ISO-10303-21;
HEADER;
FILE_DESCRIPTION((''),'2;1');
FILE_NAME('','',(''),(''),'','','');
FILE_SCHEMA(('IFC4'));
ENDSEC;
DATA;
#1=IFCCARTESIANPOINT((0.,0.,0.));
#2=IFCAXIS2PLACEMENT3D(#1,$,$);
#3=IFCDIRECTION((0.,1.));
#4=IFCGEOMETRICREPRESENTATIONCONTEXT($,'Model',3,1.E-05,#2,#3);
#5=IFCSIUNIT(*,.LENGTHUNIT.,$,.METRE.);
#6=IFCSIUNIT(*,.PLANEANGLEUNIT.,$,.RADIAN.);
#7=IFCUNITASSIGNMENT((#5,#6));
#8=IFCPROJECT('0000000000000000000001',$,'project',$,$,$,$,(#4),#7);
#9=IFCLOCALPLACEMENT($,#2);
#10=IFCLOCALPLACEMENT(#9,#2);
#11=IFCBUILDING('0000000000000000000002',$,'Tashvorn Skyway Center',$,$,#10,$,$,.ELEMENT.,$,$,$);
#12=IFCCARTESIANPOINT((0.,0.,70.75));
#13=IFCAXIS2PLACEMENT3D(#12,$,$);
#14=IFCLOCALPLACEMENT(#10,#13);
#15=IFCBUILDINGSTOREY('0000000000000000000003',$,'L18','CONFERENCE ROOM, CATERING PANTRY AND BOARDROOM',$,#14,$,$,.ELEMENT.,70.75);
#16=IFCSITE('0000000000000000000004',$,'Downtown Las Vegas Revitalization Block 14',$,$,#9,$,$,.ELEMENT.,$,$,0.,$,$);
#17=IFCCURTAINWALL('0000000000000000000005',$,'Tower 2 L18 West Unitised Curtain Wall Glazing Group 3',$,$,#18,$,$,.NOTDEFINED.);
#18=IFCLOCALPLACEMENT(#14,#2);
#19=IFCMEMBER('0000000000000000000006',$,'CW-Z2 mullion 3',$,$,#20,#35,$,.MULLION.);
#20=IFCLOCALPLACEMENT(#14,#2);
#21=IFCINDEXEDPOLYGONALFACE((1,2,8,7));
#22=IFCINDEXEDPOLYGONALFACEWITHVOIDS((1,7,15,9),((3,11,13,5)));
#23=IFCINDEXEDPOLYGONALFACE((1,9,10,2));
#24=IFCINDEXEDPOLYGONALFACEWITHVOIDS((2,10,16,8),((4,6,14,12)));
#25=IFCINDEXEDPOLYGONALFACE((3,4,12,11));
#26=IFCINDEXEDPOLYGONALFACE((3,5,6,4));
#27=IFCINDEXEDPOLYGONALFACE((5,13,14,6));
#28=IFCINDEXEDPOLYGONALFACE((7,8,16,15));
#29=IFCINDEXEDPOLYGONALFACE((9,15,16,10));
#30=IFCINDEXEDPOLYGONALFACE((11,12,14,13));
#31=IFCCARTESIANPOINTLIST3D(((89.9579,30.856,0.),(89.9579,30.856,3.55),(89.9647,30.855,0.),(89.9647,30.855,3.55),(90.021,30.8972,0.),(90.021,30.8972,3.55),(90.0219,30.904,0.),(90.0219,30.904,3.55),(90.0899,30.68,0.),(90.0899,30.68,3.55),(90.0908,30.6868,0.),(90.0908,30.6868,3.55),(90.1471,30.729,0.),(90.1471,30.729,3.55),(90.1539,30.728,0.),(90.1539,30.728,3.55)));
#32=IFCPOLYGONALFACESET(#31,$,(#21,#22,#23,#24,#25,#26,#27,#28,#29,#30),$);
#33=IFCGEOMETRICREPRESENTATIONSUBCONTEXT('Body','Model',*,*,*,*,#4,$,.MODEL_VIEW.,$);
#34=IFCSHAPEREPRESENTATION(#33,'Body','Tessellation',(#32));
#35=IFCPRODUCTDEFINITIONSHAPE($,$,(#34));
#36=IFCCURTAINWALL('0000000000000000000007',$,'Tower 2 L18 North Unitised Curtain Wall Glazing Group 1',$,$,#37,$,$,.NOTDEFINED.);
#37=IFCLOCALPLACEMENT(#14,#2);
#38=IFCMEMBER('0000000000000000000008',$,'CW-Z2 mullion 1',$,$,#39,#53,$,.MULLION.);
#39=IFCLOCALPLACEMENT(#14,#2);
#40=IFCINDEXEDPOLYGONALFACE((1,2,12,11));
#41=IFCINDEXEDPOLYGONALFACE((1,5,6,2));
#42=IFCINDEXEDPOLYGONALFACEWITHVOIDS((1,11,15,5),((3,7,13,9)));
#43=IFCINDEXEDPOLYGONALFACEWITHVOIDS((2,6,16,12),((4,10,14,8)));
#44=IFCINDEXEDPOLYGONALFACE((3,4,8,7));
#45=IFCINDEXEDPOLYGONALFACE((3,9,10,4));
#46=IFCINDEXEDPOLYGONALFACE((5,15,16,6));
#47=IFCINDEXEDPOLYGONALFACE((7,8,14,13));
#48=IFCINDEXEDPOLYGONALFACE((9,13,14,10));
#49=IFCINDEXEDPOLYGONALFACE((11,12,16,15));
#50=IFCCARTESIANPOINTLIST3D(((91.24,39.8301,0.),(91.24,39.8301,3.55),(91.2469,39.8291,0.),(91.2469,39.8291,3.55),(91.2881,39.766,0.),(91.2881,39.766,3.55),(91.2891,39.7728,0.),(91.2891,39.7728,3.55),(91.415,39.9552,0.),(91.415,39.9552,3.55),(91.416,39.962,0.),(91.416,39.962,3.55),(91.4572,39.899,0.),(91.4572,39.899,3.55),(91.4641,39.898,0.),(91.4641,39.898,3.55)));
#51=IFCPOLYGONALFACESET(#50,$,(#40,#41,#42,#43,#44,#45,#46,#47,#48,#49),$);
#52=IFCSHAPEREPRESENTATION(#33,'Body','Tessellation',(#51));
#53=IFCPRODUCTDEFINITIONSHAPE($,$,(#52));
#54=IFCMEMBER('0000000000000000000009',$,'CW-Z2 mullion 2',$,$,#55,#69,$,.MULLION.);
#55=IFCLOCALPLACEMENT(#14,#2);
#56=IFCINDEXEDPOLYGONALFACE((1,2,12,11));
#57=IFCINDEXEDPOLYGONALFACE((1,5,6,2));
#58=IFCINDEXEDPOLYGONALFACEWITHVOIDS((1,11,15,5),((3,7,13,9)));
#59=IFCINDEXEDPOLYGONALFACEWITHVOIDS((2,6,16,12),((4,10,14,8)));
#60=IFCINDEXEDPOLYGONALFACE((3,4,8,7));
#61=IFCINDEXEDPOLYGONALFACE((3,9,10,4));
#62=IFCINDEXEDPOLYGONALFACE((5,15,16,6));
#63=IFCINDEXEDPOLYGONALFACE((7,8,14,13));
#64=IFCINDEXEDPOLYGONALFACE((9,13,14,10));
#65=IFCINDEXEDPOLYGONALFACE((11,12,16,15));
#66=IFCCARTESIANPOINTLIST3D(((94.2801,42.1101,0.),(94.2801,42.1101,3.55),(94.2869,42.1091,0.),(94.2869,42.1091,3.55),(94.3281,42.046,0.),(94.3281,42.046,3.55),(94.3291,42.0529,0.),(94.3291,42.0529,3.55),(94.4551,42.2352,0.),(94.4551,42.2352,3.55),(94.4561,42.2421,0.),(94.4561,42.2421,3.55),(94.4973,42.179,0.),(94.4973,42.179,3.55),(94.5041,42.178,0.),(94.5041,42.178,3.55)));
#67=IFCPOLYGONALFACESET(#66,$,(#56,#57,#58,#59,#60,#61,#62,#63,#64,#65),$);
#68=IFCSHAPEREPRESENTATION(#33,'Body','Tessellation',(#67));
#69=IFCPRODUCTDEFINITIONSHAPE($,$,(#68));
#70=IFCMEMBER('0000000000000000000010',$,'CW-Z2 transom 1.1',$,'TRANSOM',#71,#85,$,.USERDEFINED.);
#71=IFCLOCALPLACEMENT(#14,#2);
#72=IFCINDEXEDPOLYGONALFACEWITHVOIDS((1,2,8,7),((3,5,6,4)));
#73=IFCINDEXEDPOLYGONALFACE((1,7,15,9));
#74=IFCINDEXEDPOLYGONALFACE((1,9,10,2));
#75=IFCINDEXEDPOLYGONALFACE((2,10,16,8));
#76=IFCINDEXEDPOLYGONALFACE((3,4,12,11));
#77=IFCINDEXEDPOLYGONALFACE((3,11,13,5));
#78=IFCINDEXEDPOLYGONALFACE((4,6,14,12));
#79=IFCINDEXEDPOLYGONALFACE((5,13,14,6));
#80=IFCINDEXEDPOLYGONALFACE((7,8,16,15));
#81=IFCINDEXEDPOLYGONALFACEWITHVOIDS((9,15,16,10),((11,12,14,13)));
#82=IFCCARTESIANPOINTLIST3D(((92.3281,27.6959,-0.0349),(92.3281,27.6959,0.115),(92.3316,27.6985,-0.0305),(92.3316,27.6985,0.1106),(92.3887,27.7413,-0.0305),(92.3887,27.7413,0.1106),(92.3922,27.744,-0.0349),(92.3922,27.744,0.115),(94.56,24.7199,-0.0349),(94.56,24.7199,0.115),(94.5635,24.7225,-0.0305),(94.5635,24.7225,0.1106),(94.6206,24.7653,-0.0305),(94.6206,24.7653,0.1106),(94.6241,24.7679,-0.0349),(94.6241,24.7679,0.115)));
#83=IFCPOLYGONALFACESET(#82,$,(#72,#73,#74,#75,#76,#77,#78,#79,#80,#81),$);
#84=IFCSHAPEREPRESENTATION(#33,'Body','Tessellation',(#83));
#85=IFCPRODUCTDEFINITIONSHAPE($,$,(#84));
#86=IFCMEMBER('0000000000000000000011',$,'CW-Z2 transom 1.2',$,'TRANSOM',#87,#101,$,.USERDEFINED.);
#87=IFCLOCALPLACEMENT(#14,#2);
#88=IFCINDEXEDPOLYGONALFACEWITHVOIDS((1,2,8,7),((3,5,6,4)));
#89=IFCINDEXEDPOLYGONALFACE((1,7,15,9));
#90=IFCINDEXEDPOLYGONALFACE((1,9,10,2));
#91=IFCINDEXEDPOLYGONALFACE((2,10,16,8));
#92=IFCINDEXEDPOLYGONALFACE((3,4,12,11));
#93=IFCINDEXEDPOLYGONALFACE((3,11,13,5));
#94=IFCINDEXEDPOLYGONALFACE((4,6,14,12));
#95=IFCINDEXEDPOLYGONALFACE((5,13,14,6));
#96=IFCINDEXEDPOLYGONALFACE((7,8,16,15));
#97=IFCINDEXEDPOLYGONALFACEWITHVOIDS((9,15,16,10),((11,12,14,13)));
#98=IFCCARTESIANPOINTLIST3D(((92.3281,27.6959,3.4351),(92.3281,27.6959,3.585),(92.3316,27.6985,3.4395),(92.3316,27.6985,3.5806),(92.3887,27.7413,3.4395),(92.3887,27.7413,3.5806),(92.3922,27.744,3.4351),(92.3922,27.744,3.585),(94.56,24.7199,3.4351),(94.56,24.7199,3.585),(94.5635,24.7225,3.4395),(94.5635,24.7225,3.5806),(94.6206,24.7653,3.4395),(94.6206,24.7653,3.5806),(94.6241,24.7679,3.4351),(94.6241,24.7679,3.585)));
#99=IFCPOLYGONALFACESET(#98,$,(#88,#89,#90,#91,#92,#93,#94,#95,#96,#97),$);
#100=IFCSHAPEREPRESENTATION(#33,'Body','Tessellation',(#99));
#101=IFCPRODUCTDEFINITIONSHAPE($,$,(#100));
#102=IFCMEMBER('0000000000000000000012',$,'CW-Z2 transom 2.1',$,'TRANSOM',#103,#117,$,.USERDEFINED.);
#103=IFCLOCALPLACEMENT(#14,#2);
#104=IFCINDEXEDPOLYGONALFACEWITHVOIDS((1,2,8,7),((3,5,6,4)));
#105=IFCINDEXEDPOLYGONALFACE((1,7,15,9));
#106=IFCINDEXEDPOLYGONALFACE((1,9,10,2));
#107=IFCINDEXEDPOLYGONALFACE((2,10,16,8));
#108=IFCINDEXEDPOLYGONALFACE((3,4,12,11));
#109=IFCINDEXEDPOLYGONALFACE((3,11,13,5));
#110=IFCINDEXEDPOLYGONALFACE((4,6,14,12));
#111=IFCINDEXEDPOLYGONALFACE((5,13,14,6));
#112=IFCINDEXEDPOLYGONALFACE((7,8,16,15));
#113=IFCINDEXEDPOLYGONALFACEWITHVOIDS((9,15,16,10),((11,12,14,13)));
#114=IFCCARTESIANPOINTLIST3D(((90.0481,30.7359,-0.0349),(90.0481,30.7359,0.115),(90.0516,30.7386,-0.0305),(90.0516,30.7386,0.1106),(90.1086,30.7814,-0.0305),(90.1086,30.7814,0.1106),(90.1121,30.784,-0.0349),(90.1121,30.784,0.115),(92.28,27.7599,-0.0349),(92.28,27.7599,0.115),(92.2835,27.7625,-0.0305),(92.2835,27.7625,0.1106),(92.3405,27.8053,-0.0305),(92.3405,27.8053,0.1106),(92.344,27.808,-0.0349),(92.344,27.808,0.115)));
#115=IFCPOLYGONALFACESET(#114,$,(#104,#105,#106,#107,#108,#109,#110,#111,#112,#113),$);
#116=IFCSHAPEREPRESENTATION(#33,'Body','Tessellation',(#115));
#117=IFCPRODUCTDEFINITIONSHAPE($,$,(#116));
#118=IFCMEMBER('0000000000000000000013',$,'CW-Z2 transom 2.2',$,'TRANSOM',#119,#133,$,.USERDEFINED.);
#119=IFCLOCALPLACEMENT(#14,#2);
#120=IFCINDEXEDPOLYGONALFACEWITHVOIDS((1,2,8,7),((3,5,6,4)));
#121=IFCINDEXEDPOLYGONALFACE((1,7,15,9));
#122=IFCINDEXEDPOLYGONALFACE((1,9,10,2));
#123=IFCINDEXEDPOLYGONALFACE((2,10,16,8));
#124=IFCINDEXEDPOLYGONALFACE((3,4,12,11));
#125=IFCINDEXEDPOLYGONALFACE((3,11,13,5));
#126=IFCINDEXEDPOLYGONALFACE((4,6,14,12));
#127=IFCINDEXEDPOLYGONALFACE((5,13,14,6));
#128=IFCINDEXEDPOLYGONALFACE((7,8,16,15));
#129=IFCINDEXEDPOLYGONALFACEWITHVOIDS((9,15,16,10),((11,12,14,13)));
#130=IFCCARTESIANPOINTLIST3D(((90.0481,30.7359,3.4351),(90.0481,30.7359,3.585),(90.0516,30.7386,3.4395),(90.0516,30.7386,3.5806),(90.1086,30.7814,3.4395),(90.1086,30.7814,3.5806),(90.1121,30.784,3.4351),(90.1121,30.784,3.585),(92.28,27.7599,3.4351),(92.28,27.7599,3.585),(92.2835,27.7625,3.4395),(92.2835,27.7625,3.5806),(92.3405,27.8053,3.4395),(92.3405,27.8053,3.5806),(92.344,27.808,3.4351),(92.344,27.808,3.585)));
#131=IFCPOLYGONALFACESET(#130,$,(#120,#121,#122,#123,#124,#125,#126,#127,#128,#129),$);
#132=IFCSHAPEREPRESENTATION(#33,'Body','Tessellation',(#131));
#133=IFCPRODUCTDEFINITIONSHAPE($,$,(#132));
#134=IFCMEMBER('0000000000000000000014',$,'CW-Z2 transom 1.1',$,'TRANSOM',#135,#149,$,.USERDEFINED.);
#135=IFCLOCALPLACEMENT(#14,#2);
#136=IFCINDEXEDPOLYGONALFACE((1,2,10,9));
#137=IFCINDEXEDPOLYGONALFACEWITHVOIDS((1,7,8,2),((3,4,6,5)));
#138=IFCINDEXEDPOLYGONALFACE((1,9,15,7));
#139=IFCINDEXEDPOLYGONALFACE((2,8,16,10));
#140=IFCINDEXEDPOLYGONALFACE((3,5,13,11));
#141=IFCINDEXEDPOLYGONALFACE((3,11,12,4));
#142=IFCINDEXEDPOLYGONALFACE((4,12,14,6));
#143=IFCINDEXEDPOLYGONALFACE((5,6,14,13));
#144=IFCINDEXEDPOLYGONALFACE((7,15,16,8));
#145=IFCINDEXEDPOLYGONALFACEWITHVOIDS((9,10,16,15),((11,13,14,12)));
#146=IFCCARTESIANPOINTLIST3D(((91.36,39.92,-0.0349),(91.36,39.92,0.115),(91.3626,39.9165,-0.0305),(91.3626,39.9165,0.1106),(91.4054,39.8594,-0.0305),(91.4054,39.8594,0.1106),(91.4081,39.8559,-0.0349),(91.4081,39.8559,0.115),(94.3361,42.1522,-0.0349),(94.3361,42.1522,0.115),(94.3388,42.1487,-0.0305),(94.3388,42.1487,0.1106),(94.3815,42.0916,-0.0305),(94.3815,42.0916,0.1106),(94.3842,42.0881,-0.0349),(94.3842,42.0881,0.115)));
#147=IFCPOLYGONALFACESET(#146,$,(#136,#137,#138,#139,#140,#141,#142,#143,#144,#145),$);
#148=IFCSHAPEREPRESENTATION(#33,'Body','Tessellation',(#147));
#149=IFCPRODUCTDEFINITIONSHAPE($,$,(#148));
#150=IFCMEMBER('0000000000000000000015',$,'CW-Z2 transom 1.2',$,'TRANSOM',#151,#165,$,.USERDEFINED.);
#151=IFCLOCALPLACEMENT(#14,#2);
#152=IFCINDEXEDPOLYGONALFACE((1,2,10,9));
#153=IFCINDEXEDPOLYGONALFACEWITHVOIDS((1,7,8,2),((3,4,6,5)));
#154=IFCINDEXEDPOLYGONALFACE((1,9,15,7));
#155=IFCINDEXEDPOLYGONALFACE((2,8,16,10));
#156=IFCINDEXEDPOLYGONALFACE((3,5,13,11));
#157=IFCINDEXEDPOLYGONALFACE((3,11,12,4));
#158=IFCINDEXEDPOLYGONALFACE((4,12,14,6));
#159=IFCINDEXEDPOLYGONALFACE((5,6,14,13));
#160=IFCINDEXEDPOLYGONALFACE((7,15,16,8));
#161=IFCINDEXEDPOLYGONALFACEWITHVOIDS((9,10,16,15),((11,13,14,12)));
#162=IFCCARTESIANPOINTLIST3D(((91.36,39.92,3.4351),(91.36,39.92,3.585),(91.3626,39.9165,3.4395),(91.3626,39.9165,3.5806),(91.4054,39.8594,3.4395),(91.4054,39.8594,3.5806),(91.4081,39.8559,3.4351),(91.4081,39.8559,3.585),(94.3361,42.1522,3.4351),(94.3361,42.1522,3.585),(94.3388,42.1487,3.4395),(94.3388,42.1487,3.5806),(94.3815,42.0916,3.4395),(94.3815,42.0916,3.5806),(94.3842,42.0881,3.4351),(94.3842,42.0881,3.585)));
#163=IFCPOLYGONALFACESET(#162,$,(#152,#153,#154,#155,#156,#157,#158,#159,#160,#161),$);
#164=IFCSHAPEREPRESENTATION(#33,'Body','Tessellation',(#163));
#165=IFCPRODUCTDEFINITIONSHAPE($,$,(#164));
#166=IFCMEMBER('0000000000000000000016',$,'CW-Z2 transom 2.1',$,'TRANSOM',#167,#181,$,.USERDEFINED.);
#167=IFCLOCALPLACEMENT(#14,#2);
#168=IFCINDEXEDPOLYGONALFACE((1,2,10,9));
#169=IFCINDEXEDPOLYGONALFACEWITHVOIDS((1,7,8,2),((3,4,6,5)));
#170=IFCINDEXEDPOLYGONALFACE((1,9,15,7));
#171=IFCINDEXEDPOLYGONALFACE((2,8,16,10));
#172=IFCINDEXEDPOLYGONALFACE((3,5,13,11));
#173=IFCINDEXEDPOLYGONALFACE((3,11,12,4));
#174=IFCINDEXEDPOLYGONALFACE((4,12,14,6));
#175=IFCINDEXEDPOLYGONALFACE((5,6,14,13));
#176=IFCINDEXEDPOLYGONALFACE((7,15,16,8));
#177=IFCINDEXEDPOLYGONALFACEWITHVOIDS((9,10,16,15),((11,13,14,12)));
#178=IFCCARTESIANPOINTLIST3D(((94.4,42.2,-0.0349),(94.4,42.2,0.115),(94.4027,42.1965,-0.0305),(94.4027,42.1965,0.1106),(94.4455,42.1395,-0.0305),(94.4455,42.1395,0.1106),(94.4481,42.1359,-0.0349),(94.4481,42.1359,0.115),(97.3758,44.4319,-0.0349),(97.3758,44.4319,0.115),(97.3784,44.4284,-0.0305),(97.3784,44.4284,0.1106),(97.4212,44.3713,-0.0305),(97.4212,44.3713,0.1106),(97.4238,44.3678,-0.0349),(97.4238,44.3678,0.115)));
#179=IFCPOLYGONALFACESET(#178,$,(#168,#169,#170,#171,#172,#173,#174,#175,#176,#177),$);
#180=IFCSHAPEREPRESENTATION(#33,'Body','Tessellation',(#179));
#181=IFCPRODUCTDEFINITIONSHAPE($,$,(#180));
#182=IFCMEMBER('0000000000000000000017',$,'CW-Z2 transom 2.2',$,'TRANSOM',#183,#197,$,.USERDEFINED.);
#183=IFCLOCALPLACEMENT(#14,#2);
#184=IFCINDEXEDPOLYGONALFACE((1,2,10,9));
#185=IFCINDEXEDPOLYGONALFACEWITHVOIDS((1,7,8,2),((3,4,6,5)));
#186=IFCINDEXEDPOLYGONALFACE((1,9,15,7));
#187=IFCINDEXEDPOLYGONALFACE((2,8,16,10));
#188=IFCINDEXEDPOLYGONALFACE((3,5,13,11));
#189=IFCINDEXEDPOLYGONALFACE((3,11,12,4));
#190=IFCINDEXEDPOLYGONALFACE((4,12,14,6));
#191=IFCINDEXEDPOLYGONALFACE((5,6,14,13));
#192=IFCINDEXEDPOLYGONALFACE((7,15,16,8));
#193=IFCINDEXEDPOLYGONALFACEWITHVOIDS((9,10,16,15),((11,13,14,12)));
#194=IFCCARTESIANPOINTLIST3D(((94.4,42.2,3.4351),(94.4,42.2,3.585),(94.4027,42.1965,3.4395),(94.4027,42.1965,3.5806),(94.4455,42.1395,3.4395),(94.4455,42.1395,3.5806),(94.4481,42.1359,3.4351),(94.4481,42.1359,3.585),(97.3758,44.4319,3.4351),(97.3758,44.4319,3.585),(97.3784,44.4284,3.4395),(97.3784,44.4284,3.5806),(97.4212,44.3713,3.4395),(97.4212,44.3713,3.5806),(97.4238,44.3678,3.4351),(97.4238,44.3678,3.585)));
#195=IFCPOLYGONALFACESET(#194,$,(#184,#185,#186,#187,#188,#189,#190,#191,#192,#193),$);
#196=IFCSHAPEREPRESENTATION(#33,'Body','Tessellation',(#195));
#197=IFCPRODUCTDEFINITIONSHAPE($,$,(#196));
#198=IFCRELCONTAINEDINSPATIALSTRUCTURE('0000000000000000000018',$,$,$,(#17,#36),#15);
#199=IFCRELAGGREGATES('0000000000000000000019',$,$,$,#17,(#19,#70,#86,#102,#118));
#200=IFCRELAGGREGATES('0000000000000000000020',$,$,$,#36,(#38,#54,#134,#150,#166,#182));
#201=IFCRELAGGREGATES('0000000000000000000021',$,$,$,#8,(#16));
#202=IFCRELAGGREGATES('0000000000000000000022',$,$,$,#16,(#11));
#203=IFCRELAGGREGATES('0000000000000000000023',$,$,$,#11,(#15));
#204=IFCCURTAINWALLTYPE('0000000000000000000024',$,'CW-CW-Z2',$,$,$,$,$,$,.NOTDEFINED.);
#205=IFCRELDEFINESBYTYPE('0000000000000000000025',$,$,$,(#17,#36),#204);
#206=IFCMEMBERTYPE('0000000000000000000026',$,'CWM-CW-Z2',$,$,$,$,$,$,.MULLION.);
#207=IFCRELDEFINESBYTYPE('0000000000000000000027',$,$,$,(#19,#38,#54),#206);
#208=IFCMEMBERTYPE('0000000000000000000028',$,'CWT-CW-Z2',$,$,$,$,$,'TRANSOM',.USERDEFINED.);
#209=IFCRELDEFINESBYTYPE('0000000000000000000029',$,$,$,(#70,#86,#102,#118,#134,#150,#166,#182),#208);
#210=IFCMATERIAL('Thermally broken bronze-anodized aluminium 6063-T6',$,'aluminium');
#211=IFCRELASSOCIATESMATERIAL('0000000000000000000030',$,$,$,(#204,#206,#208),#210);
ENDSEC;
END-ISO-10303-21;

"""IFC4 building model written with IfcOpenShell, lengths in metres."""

from ifc_helpers import new_model, si_unit, direction, frame, origin, origin_2d, place, context, subcontext, project, spatial, hollow_rectangle, extrude, material, material_profile, profile_set, type_object, element, aggregate, save


model = new_model("IFC4")

# Units and contexts
model_context = context("Model", 3, precision=1e-05, world=origin(), true_north=direction((0.0, 1.0)))
body_context = subcontext(model_context, "Body", "Model", "MODEL_VIEW")
ifc_project = project(units=[si_unit("LENGTHUNIT", "METRE"), si_unit("PLANEANGLEUNIT", "RADIAN")], contexts=[model_context])

# Site, building, storey
site_placement = place(None, origin())
site = spatial("IfcSite", under=ifc_project, at=site_placement, Name="Downtown Las Vegas Revitalization Block 14", CompositionType="ELEMENT", RefElevation=0.0)
building_placement = place(site_placement, origin())
building = spatial("IfcBuilding", under=site, at=building_placement, Name="Tashvorn Skyway Center", CompositionType="ELEMENT")
storey_placement = place(building_placement, frame((0.0, 0.0, 70.75)))
storey = spatial("IfcBuildingStorey", under=building, at=storey_placement, Name="L18", Description="CONFERENCE ROOM, CATERING PANTRY AND BOARDROOM", CompositionType="ELEMENT", Elevation=70.75)

# Shared definitions
ifc_material_1 = material(Name="Thermally broken bronze-anodized aluminium 6063-T6", Category="aluminium")
curtain_wall_type = type_object("IfcCurtainWallType", Name="CW-CW-Z2", PredefinedType="NOTDEFINED", material=ifc_material_1)
ifc_material_profile_1 = material_profile(ifc_material_1, hollow_rectangle(XDim=0.0801, YDim=0.22, WallThickness=0.0049, at=origin_2d()), Name="ALU-MULL-80x220")
ifc_profile_set_1 = profile_set([ifc_material_profile_1], Name="Thermally broken bronze-anodized aluminium 6063-T6")
member_type_1 = type_object("IfcMemberType", Name="CWM-CW-Z2", PredefinedType="MULLION", material=ifc_profile_set_1)

# Curtain walls, members
curtain_wall_1_placement = place(storey_placement, origin())
curtain_wall_1 = element("IfcCurtainWall", 1, at=curtain_wall_1_placement, inside=storey, type_object=curtain_wall_type, Name="Tower 2 L18 West Unitised Curtain Wall Glazing Group 3", PredefinedType="NOTDEFINED")
member_1_placement = place(storey_placement, frame((90.0559, 30.792, 0.0), z_axis=(0.0, 0.0, 1.0), x_axis=(-0.8, -0.6, 0.0)))
member_1 = element("IfcMember", 2, at=member_1_placement, type_object=member_type_1, Name="CW-Z2 mullion 3", PredefinedType="MULLION", context=body_context, shape_type="SweptSolid", body=[
    extrude(hollow_rectangle(XDim=0.0801, YDim=0.22, WallThickness=0.0049, at=origin_2d()), origin(), (0.0, 0.0, 1.0), 3.55),
])
curtain_wall_2_placement = place(storey_placement, origin())
curtain_wall_2 = element("IfcCurtainWall", 3, at=curtain_wall_2_placement, inside=storey, type_object=curtain_wall_type, Name="Tower 2 L18 North Unitised Curtain Wall Glazing Group 1", PredefinedType="NOTDEFINED")
member_2_placement = place(storey_placement, frame((91.3521, 39.864, 0.0), z_axis=(0.0, 0.0, 1.0), x_axis=(-0.6, 0.8, 0.0)))
member_2 = element("IfcMember", 4, at=member_2_placement, type_object=member_type_1, Name="CW-Z2 mullion 1", PredefinedType="MULLION", context=body_context, shape_type="SweptSolid", body=[
    extrude(hollow_rectangle(XDim=0.0801, YDim=0.22, WallThickness=0.0049, at=origin_2d()), origin(), (0.0, 0.0, 1.0), 3.55),
])
member_3_placement = place(storey_placement, frame((94.3921, 42.144, 0.0), z_axis=(0.0, 0.0, 1.0), x_axis=(-0.6, 0.8, 0.0)))
member_3 = element("IfcMember", 5, at=member_3_placement, type_object=member_type_1, Name="CW-Z2 mullion 2", PredefinedType="MULLION", context=body_context, shape_type="SweptSolid", body=[
    extrude(hollow_rectangle(XDim=0.0801, YDim=0.22, WallThickness=0.0049, at=origin_2d()), origin(), (0.0, 0.0, 1.0), 3.55),
])

# Members
ifc_material_profile_2 = material_profile(ifc_material_1, hollow_rectangle(XDim=0.0801, YDim=0.1499, WallThickness=0.0044, at=origin_2d()), Name="ALU-TRAN-80x150")
ifc_profile_set_2 = profile_set([ifc_material_profile_2], Name="Thermally broken bronze-anodized aluminium 6063-T6")
member_type_2 = type_object("IfcMemberType", Name="CWT-CW-Z2", ElementType="TRANSOM", PredefinedType="USERDEFINED", material=ifc_profile_set_2)
member_4_placement = place(storey_placement, frame((94.592, 24.7439, 0.04), z_axis=(-0.599979, 0.800016, 0.0), x_axis=(-0.800016, -0.599979, 0.0)))
member_4 = element("IfcMember", 6, at=member_4_placement, type_object=member_type_2, Name="CW-Z2 transom 1.1", ObjectType="TRANSOM", PredefinedType="USERDEFINED", context=body_context, shape_type="SweptSolid", body=[
    extrude(hollow_rectangle(XDim=0.0801, YDim=0.1499, WallThickness=0.0044, at=origin_2d()), origin(), (0.0, 0.0, 1.0), 3.72),
])
member_5_placement = place(storey_placement, frame((94.592, 24.7439, 3.51), z_axis=(-0.599979, 0.800016, 0.0), x_axis=(-0.800016, -0.599979, 0.0)))
member_5 = element("IfcMember", 7, at=member_5_placement, type_object=member_type_2, Name="CW-Z2 transom 1.2", ObjectType="TRANSOM", PredefinedType="USERDEFINED", context=body_context, shape_type="SweptSolid", body=[
    extrude(hollow_rectangle(XDim=0.0801, YDim=0.1499, WallThickness=0.0044, at=origin_2d()), origin(), (0.0, 0.0, 1.0), 3.72),
])
member_6_placement = place(storey_placement, frame((92.312, 27.7839, 0.04), z_axis=(-0.599979, 0.800016, 0.0), x_axis=(-0.800016, -0.599979, 0.0)))
member_6 = element("IfcMember", 8, at=member_6_placement, type_object=member_type_2, Name="CW-Z2 transom 2.1", ObjectType="TRANSOM", PredefinedType="USERDEFINED", context=body_context, shape_type="SweptSolid", body=[
    extrude(hollow_rectangle(XDim=0.0801, YDim=0.1499, WallThickness=0.0044, at=origin_2d()), origin(), (0.0, 0.0, 1.0), 3.72),
])
member_7_placement = place(storey_placement, frame((92.312, 27.7839, 3.51), z_axis=(-0.599979, 0.800016, 0.0), x_axis=(-0.800016, -0.599979, 0.0)))
member_7 = element("IfcMember", 9, at=member_7_placement, type_object=member_type_2, Name="CW-Z2 transom 2.2", ObjectType="TRANSOM", PredefinedType="USERDEFINED", context=body_context, shape_type="SweptSolid", body=[
    extrude(hollow_rectangle(XDim=0.0801, YDim=0.1499, WallThickness=0.0044, at=origin_2d()), origin(), (0.0, 0.0, 1.0), 3.72),
])
member_8_placement = place(storey_placement, frame((91.384, 39.8879, 0.04), z_axis=(0.799984, 0.600021, 0.0), x_axis=(-0.600021, 0.799984, 0.0)))
member_8 = element("IfcMember", 10, at=member_8_placement, type_object=member_type_2, Name="CW-Z2 transom 1.1", ObjectType="TRANSOM", PredefinedType="USERDEFINED", context=body_context, shape_type="SweptSolid", body=[
    extrude(hollow_rectangle(XDim=0.0801, YDim=0.1499, WallThickness=0.0044, at=origin_2d()), origin(), (0.0, 0.0, 1.0), 3.7202),
])
member_9_placement = place(storey_placement, frame((91.384, 39.8879, 3.51), z_axis=(0.799984, 0.600021, 0.0), x_axis=(-0.600021, 0.799984, 0.0)))
member_9 = element("IfcMember", 11, at=member_9_placement, type_object=member_type_2, Name="CW-Z2 transom 1.2", ObjectType="TRANSOM", PredefinedType="USERDEFINED", context=body_context, shape_type="SweptSolid", body=[
    extrude(hollow_rectangle(XDim=0.0801, YDim=0.1499, WallThickness=0.0044, at=origin_2d()), origin(), (0.0, 0.0, 1.0), 3.7202),
])
member_10_placement = place(storey_placement, frame((94.4241, 42.168, 0.04), z_axis=(0.799992, 0.600011, 0.0), x_axis=(-0.600011, 0.799992, 0.0)))
member_10 = element("IfcMember", 12, at=member_10_placement, type_object=member_type_2, Name="CW-Z2 transom 2.1", ObjectType="TRANSOM", PredefinedType="USERDEFINED", context=body_context, shape_type="SweptSolid", body=[
    extrude(hollow_rectangle(XDim=0.0801, YDim=0.1499, WallThickness=0.0044, at=origin_2d()), origin(), (0.0, 0.0, 1.0), 3.7197),
])
member_11_placement = place(storey_placement, frame((94.4241, 42.168, 3.51), z_axis=(0.799992, 0.600011, 0.0), x_axis=(-0.600011, 0.799992, 0.0)))
member_11 = element("IfcMember", 13, at=member_11_placement, type_object=member_type_2, Name="CW-Z2 transom 2.2", ObjectType="TRANSOM", PredefinedType="USERDEFINED", context=body_context, shape_type="SweptSolid", body=[
    extrude(hollow_rectangle(XDim=0.0801, YDim=0.1499, WallThickness=0.0044, at=origin_2d()), origin(), (0.0, 0.0, 1.0), 3.7197),
])

aggregate(curtain_wall_1, [member_1, member_4, member_5, member_6, member_7])
aggregate(curtain_wall_2, [member_2, member_3, member_8, member_9, member_10, member_11])

save(model, "model.ifc")
